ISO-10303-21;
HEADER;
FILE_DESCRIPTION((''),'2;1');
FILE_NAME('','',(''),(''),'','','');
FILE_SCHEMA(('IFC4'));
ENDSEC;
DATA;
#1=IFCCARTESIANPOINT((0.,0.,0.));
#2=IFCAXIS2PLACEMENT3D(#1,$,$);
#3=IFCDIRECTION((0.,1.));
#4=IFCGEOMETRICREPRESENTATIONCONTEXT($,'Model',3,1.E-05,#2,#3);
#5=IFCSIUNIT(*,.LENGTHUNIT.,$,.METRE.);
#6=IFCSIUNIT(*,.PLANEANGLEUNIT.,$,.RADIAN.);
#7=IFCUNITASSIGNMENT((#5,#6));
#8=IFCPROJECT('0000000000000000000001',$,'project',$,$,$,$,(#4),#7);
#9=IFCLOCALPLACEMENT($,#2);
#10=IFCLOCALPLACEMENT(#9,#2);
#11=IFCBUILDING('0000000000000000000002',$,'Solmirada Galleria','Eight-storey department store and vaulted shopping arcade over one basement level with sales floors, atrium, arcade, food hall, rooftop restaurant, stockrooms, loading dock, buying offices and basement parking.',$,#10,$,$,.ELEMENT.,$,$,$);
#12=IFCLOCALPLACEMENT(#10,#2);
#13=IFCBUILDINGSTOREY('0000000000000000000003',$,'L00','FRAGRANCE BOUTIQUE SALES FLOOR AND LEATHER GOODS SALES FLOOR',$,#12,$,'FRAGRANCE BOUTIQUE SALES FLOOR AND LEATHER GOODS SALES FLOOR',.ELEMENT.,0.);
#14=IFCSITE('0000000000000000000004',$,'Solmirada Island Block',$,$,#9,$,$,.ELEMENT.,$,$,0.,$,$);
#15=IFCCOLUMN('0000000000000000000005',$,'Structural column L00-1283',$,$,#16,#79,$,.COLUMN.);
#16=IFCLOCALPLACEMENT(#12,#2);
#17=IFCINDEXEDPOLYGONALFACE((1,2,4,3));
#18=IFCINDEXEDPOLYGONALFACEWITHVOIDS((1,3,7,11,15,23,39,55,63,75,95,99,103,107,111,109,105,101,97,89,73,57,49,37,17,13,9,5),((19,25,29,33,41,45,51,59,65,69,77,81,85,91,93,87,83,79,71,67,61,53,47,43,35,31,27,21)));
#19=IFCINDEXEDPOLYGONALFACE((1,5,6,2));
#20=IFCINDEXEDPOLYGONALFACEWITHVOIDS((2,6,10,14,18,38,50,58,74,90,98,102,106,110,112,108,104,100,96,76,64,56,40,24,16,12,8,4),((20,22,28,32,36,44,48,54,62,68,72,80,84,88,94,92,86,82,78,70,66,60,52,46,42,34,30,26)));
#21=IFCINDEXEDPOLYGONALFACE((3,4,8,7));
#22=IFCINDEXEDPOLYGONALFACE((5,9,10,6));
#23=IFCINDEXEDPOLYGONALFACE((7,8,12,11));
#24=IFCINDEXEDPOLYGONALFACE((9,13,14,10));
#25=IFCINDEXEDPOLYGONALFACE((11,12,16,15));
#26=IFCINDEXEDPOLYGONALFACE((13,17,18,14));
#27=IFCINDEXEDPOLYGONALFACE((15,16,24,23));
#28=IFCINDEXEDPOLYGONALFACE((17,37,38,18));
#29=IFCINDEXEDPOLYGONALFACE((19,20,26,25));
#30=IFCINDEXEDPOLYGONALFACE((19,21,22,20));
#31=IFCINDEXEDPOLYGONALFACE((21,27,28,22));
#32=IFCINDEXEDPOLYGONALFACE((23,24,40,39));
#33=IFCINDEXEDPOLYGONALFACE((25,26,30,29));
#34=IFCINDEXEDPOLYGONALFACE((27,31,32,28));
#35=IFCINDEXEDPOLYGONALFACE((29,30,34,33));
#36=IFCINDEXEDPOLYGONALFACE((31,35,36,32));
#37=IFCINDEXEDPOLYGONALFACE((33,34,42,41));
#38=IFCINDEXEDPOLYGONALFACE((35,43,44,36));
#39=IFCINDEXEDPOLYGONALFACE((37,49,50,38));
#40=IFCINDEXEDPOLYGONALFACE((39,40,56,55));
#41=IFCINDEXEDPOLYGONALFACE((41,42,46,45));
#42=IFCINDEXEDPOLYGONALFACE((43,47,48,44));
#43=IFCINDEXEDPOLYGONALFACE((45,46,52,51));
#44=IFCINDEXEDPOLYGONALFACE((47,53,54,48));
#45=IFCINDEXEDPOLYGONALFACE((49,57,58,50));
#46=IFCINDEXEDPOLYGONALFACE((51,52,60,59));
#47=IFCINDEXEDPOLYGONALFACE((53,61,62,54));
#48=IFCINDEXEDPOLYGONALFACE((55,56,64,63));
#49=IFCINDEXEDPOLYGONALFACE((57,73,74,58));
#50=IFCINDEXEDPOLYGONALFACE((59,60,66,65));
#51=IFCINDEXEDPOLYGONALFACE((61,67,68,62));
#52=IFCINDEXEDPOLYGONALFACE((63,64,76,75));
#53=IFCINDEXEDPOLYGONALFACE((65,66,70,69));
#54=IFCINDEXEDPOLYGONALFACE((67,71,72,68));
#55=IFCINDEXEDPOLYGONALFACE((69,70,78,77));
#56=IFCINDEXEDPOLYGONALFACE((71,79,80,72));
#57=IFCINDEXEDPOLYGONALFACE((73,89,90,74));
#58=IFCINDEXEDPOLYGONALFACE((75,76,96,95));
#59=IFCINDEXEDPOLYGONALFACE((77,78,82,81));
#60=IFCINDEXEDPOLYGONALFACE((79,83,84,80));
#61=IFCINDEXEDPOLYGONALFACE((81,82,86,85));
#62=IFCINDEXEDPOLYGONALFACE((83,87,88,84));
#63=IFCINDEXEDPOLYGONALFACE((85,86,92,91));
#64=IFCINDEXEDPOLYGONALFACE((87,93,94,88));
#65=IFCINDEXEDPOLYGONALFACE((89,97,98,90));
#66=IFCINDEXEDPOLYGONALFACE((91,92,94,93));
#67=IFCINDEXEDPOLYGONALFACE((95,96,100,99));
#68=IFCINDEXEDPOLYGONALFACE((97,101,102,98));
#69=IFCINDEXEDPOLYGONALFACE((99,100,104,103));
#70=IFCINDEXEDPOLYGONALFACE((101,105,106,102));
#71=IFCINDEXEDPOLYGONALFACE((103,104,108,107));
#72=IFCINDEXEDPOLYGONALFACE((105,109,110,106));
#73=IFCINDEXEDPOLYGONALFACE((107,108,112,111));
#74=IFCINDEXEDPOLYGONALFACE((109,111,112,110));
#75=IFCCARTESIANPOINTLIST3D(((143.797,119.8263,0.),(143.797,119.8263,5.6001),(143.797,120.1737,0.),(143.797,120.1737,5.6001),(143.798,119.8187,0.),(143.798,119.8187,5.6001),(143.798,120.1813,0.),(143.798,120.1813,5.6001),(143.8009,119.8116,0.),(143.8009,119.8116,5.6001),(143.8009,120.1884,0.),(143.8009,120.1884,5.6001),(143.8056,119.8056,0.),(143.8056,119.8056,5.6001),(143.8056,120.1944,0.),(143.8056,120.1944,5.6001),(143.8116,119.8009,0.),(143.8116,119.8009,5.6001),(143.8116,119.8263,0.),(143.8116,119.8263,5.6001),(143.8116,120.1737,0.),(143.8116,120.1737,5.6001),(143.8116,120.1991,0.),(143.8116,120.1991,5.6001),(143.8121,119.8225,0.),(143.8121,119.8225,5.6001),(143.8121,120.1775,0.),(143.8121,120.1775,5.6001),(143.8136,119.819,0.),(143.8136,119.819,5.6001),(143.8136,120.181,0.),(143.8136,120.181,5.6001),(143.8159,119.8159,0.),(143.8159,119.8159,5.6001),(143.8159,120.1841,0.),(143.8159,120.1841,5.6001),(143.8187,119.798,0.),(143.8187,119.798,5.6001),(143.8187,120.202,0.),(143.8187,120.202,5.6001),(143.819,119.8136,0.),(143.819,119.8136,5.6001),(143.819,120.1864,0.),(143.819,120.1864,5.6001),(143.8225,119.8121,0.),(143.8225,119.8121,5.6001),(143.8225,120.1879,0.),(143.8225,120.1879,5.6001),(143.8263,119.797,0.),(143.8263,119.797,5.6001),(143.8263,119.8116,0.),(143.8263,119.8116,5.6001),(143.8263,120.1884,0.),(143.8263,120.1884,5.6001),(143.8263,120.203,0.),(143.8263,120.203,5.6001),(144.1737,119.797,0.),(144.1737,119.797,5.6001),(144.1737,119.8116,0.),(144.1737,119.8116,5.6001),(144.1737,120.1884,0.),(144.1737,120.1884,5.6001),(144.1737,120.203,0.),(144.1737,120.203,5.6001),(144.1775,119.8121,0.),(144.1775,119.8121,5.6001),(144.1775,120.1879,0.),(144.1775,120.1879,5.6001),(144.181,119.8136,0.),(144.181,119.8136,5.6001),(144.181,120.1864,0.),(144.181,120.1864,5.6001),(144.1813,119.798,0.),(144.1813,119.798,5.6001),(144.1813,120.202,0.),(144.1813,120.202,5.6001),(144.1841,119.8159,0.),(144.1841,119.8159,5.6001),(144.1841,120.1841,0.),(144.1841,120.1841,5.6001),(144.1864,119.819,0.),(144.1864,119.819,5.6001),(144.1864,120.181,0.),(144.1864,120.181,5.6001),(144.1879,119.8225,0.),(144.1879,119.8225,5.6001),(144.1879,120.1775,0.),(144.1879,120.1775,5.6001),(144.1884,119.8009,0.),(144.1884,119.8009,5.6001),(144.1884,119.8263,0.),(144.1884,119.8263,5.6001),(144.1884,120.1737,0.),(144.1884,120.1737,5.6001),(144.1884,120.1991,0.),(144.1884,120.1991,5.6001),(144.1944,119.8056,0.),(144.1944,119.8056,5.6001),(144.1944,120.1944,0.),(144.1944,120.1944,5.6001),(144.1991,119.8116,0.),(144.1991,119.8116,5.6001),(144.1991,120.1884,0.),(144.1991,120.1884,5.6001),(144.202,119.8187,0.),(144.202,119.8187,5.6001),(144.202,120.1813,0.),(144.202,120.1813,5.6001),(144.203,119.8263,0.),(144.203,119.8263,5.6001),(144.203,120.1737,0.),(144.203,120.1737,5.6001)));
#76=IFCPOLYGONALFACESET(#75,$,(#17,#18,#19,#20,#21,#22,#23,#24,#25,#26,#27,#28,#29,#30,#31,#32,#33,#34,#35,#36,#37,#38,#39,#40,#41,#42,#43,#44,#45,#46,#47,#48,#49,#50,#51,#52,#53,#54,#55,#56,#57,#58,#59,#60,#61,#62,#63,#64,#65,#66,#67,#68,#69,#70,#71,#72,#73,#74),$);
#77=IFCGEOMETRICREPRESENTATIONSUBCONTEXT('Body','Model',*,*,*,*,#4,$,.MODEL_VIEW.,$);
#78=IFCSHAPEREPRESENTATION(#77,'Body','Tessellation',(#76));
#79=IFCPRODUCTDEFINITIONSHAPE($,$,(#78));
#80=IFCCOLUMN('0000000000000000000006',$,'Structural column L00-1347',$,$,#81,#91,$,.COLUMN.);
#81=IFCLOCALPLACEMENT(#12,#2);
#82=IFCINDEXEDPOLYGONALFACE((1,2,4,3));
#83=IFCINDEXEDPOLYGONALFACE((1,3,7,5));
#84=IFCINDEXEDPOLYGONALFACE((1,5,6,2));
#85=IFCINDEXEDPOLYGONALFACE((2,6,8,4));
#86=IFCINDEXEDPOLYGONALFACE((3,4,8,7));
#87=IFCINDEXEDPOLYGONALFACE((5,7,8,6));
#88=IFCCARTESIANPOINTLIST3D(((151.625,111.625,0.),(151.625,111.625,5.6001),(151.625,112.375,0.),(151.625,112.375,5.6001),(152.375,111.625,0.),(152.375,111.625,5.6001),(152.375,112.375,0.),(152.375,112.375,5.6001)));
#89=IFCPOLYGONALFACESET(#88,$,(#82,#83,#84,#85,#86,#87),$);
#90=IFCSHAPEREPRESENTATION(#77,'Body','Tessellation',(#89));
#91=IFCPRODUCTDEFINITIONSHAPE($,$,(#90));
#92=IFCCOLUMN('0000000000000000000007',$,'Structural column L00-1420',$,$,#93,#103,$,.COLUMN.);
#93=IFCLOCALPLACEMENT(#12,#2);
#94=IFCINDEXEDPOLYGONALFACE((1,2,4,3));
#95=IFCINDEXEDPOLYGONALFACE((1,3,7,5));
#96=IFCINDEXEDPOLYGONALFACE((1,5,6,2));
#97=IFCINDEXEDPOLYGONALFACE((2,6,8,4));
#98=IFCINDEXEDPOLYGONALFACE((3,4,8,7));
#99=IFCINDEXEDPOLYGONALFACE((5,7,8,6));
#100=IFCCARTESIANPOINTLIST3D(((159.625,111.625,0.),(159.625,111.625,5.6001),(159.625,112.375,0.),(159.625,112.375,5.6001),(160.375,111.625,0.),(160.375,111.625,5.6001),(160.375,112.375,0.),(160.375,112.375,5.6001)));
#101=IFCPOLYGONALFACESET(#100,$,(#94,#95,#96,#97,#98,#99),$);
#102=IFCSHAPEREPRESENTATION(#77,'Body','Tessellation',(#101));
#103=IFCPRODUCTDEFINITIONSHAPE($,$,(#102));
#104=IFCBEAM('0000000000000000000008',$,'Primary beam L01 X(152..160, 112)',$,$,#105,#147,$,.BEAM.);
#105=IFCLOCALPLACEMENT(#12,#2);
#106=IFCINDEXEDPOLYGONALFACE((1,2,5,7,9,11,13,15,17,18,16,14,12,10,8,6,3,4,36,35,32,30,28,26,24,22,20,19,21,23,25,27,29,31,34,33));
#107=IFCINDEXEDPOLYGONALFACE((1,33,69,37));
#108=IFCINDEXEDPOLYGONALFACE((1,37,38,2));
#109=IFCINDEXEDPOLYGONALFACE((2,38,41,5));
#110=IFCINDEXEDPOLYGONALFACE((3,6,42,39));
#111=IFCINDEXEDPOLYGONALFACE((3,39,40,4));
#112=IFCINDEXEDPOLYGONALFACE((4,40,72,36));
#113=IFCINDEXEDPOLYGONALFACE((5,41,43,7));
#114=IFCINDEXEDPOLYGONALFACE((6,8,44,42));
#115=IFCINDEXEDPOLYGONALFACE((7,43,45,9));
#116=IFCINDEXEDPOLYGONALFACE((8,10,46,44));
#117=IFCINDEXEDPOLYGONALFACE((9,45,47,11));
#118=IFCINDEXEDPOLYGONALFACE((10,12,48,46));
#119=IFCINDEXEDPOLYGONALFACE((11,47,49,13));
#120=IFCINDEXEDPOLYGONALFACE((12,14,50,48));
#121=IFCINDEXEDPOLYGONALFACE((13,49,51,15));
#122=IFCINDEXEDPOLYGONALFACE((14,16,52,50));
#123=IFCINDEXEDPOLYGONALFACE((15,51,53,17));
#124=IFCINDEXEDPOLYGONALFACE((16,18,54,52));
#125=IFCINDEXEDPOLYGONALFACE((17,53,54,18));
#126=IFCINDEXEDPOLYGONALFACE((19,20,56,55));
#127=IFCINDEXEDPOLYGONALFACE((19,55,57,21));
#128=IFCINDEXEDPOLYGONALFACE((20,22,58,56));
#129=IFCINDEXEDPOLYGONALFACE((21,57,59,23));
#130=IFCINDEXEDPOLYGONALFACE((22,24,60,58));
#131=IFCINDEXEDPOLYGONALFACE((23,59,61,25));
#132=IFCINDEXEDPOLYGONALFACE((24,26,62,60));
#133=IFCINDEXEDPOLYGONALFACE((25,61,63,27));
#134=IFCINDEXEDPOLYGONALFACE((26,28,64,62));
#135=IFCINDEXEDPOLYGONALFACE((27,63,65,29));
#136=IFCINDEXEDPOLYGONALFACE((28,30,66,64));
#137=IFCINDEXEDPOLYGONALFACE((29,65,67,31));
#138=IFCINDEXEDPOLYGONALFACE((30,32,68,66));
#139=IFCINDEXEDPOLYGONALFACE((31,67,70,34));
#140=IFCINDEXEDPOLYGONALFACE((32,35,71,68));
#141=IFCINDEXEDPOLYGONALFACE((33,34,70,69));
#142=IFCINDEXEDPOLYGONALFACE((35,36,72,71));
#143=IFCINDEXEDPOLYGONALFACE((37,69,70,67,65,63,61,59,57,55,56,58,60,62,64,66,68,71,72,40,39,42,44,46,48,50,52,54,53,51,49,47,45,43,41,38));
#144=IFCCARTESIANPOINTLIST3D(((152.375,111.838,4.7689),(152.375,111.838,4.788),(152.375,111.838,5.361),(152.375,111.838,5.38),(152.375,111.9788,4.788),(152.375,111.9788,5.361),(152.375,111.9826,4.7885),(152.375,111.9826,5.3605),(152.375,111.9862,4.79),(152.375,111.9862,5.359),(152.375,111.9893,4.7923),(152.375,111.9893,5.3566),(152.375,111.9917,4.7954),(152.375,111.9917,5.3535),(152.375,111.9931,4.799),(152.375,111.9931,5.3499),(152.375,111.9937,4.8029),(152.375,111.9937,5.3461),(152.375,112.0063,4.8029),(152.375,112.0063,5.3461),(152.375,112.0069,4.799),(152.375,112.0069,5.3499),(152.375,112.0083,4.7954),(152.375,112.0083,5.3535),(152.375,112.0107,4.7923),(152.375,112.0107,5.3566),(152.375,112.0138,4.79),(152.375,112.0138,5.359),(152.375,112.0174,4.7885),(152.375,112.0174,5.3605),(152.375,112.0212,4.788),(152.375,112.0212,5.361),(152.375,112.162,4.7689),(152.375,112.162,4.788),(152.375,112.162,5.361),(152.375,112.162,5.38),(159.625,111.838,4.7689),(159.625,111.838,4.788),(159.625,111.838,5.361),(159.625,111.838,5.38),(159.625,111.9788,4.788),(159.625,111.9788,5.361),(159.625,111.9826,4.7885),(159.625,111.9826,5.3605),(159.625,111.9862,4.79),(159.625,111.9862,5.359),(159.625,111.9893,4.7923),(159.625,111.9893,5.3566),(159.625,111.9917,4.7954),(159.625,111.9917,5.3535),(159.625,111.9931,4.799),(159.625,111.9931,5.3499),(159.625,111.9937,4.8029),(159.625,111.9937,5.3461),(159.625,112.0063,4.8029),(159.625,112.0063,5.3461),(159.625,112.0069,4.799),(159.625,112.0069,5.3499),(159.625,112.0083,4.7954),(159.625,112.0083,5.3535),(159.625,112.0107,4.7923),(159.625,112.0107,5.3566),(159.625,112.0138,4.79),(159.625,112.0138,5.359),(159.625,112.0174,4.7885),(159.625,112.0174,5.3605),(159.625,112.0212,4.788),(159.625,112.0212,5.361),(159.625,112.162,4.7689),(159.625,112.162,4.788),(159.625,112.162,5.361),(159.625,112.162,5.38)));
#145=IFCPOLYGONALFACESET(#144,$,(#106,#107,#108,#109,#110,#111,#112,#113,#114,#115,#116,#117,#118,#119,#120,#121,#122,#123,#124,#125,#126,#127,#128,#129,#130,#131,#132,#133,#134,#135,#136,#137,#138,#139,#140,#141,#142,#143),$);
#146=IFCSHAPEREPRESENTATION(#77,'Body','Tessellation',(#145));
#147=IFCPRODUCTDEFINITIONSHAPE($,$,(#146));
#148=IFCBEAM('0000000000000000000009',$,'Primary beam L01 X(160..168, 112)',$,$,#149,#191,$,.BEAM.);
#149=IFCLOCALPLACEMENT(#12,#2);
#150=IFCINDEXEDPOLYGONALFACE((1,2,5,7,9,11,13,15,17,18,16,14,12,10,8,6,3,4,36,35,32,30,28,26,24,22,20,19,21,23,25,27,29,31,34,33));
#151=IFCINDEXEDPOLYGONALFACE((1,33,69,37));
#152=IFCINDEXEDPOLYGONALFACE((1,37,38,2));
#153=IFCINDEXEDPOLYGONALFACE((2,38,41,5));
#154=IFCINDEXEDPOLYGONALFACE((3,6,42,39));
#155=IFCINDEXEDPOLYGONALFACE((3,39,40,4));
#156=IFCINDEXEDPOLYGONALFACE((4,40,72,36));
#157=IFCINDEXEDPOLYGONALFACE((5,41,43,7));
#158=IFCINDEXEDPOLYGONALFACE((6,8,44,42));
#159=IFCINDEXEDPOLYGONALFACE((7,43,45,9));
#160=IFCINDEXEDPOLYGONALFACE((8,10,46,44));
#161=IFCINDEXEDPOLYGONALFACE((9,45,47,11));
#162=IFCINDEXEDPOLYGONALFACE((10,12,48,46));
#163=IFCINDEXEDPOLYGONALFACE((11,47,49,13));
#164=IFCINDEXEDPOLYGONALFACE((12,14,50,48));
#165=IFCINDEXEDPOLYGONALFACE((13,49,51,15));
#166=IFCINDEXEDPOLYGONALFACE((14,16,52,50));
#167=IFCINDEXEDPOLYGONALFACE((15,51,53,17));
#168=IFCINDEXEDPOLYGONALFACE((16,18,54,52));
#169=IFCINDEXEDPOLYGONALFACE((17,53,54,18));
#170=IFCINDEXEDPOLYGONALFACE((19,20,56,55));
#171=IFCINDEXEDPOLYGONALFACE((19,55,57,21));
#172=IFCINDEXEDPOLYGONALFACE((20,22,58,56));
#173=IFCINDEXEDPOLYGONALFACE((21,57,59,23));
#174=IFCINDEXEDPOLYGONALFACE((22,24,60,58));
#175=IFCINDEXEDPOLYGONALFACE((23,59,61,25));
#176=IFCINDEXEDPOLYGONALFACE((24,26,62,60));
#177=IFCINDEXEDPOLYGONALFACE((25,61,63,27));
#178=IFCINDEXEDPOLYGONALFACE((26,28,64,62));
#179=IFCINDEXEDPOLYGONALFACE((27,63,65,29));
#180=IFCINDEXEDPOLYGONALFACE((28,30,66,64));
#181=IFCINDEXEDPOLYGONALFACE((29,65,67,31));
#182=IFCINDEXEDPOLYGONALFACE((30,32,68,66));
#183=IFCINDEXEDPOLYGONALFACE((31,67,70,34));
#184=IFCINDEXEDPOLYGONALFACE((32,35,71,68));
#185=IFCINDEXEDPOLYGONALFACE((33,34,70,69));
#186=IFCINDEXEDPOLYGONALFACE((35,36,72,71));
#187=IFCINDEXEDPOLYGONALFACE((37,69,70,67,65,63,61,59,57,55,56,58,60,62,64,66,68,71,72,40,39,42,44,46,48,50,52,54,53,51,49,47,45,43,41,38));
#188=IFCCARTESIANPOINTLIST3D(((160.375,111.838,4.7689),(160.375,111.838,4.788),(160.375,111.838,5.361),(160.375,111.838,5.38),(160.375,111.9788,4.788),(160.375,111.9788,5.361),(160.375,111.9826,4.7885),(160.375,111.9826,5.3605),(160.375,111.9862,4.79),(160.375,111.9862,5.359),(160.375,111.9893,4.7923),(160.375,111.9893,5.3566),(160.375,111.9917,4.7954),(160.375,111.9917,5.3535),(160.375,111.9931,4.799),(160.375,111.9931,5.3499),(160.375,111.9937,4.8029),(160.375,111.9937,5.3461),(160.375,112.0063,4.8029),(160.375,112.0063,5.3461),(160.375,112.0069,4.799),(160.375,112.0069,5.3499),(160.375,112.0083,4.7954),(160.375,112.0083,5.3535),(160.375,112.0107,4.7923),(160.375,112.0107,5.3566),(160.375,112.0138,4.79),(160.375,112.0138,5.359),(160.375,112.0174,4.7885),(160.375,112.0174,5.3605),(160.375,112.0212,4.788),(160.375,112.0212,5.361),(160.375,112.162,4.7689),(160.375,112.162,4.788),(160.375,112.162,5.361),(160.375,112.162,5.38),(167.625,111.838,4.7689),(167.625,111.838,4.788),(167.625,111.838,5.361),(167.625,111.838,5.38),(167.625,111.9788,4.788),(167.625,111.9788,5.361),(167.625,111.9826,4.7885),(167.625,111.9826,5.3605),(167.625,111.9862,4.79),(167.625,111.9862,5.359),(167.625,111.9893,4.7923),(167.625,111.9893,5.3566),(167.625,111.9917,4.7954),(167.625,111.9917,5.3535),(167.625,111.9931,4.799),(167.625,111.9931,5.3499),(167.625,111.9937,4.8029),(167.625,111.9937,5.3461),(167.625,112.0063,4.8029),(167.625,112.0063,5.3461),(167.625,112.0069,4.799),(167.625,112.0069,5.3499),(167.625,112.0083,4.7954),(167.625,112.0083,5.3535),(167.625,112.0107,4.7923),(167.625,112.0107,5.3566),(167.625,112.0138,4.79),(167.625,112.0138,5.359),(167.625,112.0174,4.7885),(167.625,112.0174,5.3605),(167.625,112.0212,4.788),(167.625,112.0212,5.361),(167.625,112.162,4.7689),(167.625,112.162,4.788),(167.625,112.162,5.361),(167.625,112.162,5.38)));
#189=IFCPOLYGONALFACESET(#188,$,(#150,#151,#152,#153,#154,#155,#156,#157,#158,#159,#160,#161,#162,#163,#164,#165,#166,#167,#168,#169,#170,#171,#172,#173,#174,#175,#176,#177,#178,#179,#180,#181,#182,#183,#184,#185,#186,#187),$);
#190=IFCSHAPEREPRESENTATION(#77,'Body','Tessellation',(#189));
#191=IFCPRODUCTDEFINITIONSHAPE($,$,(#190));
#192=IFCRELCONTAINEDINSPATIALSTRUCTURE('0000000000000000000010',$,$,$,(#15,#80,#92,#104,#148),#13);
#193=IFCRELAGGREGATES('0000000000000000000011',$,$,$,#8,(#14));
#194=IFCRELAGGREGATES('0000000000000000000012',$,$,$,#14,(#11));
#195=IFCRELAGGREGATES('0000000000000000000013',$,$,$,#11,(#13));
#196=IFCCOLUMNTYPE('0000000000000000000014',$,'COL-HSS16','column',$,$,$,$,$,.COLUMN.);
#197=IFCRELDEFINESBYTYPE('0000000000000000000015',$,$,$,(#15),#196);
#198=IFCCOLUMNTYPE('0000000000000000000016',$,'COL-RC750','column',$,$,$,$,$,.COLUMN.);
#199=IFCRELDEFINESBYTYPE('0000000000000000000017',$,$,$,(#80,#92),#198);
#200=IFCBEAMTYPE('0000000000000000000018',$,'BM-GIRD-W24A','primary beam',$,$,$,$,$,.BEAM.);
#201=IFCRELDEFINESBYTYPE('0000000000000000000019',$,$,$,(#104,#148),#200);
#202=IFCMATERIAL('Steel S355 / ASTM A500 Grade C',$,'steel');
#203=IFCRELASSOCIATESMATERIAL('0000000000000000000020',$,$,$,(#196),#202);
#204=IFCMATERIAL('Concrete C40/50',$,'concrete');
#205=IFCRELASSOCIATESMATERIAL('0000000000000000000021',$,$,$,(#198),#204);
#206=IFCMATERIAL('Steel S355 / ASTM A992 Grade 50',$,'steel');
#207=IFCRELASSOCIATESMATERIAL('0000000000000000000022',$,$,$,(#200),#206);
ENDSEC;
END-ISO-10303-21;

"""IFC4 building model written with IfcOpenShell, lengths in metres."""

from ifc_helpers import new_model, si_unit, direction, frame, origin, origin_2d, place, context, subcontext, project, spatial, rectangle, hollow_rectangle, i_section, extrude, material, material_profile, profile_set, type_object, element, save


model = new_model("IFC4")

# Units and contexts
model_context = context("Model", 3, precision=1e-05, world=origin(), true_north=direction((0.0, 1.0)))
body_context = subcontext(model_context, "Body", "Model", "MODEL_VIEW")
ifc_project = project(units=[si_unit("LENGTHUNIT", "METRE"), si_unit("PLANEANGLEUNIT", "RADIAN")], contexts=[model_context])

# Site, building, storey
site_placement = place(None, origin())
site = spatial("IfcSite", under=ifc_project, at=site_placement, Name="Solmirada Island Block", CompositionType="ELEMENT", RefElevation=0.0)
building_placement = place(site_placement, origin())
building = spatial("IfcBuilding", under=site, at=building_placement, Name="Solmirada Galleria", Description="Eight-storey department store and vaulted shopping arcade over one basement level with sales floors, atrium, arcade, food hall, rooftop restaurant, stockrooms, loading dock, buying offices and basement parking.", CompositionType="ELEMENT")
storey_placement = place(building_placement, origin())
storey = spatial("IfcBuildingStorey", under=building, at=storey_placement, Name="L00", Description="FRAGRANCE BOUTIQUE SALES FLOOR AND LEATHER GOODS SALES FLOOR", LongName="FRAGRANCE BOUTIQUE SALES FLOOR AND LEATHER GOODS SALES FLOOR", CompositionType="ELEMENT", Elevation=0.0)

# Columns
ifc_material_1 = material(Name="Steel S355 / ASTM A500 Grade C", Category="steel")
ifc_material_profile_1 = material_profile(ifc_material_1, hollow_rectangle(XDim=0.406, YDim=0.406, WallThickness=0.0146, InnerFilletRadius=0.0146, OuterFilletRadius=0.0293, at=origin_2d()), Name="HSS16X16X5/8")
ifc_profile_set_1 = profile_set([ifc_material_profile_1], Name="Steel S355 / ASTM A500 Grade C")
column_type_1 = type_object("IfcColumnType", Name="COL-HSS16", Description="column", PredefinedType="COLUMN", material=ifc_profile_set_1)
column_placement = place(storey_placement, frame((144.0, 120.0, 0.0), z_axis=(0.0, 0.0, 1.0), x_axis=(1.0, 0.0, 0.0)))
element("IfcColumn", 1, at=column_placement, inside=storey, type_object=column_type_1, Name="Structural column L00-1283", PredefinedType="COLUMN", context=body_context, shape_type="SweptSolid", body=[
    extrude(hollow_rectangle(XDim=0.406, YDim=0.406, WallThickness=0.0146, InnerFilletRadius=0.0146, OuterFilletRadius=0.0293, at=origin_2d()), origin(), (0.0, 0.0, 1.0), 5.6001),
])
ifc_material_2 = material(Name="Concrete C40/50", Category="concrete")
ifc_material_profile_2 = material_profile(ifc_material_2, rectangle(XDim=0.75, YDim=0.75, at=origin_2d()), Name="RC750X750")
ifc_profile_set_2 = profile_set([ifc_material_profile_2], Name="Concrete C40/50")
column_type_2 = type_object("IfcColumnType", Name="COL-RC750", Description="column", PredefinedType="COLUMN", material=ifc_profile_set_2)
for number, where, z_axis, x_axis, name in (
    (2, (152.0, 112.0, 0.0), (0.0, 0.0, 1.0), (1.0, 0.0, 0.0), "Structural column L00-1347"),
    (3, (160.0, 112.0, 0.0), (0.0, 0.0, 1.0), (1.0, 0.0, 0.0), "Structural column L00-1420"),
):
    element("IfcColumn", number, at=place(storey_placement, frame(where, z_axis=z_axis, x_axis=x_axis)), inside=storey, type_object=column_type_2, Name=name, PredefinedType="COLUMN", context=body_context, shape_type="SweptSolid", body=[
        extrude(rectangle(XDim=0.75, YDim=0.75, at=origin_2d()), origin(), (0.0, 0.0, 1.0), 5.6001),
    ])

# Beams
ifc_material_3 = material(Name="Steel S355 / ASTM A992 Grade 50", Category="steel")
ifc_material_profile_3 = material_profile(ifc_material_3, i_section(OverallWidth=0.324, OverallDepth=0.6111, WebThickness=0.0127, FlangeThickness=0.019, FilletRadius=0.0149, at=origin_2d()), Name="W24X104")
ifc_profile_set_3 = profile_set([ifc_material_profile_3], Name="Steel S355 / ASTM A992 Grade 50")
beam_type_1 = type_object("IfcBeamType", Name="BM-GIRD-W24A", Description="primary beam", PredefinedType="BEAM", material=ifc_profile_set_3)
for number, where, z_axis, x_axis, name in (
    (4, (152.375, 112.0, 5.0745), (1.0, 0.0, 0.0), (0.0, 1.0, 0.0), "Primary beam L01 X(152..160, 112)"),
    (5, (160.375, 112.0, 5.0745), (1.0, 0.0, 0.0), (0.0, 1.0, 0.0), "Primary beam L01 X(160..168, 112)"),
):
    element("IfcBeam", number, at=place(storey_placement, frame(where, z_axis=z_axis, x_axis=x_axis)), inside=storey, type_object=beam_type_1, Name=name, PredefinedType="BEAM", context=body_context, shape_type="SweptSolid", body=[
        extrude(i_section(OverallWidth=0.324, OverallDepth=0.6111, WebThickness=0.0127, FlangeThickness=0.019, FilletRadius=0.0149, at=origin_2d()), origin(), (0.0, 0.0, 1.0), 7.25),
    ])

save(model, "model.ifc")
